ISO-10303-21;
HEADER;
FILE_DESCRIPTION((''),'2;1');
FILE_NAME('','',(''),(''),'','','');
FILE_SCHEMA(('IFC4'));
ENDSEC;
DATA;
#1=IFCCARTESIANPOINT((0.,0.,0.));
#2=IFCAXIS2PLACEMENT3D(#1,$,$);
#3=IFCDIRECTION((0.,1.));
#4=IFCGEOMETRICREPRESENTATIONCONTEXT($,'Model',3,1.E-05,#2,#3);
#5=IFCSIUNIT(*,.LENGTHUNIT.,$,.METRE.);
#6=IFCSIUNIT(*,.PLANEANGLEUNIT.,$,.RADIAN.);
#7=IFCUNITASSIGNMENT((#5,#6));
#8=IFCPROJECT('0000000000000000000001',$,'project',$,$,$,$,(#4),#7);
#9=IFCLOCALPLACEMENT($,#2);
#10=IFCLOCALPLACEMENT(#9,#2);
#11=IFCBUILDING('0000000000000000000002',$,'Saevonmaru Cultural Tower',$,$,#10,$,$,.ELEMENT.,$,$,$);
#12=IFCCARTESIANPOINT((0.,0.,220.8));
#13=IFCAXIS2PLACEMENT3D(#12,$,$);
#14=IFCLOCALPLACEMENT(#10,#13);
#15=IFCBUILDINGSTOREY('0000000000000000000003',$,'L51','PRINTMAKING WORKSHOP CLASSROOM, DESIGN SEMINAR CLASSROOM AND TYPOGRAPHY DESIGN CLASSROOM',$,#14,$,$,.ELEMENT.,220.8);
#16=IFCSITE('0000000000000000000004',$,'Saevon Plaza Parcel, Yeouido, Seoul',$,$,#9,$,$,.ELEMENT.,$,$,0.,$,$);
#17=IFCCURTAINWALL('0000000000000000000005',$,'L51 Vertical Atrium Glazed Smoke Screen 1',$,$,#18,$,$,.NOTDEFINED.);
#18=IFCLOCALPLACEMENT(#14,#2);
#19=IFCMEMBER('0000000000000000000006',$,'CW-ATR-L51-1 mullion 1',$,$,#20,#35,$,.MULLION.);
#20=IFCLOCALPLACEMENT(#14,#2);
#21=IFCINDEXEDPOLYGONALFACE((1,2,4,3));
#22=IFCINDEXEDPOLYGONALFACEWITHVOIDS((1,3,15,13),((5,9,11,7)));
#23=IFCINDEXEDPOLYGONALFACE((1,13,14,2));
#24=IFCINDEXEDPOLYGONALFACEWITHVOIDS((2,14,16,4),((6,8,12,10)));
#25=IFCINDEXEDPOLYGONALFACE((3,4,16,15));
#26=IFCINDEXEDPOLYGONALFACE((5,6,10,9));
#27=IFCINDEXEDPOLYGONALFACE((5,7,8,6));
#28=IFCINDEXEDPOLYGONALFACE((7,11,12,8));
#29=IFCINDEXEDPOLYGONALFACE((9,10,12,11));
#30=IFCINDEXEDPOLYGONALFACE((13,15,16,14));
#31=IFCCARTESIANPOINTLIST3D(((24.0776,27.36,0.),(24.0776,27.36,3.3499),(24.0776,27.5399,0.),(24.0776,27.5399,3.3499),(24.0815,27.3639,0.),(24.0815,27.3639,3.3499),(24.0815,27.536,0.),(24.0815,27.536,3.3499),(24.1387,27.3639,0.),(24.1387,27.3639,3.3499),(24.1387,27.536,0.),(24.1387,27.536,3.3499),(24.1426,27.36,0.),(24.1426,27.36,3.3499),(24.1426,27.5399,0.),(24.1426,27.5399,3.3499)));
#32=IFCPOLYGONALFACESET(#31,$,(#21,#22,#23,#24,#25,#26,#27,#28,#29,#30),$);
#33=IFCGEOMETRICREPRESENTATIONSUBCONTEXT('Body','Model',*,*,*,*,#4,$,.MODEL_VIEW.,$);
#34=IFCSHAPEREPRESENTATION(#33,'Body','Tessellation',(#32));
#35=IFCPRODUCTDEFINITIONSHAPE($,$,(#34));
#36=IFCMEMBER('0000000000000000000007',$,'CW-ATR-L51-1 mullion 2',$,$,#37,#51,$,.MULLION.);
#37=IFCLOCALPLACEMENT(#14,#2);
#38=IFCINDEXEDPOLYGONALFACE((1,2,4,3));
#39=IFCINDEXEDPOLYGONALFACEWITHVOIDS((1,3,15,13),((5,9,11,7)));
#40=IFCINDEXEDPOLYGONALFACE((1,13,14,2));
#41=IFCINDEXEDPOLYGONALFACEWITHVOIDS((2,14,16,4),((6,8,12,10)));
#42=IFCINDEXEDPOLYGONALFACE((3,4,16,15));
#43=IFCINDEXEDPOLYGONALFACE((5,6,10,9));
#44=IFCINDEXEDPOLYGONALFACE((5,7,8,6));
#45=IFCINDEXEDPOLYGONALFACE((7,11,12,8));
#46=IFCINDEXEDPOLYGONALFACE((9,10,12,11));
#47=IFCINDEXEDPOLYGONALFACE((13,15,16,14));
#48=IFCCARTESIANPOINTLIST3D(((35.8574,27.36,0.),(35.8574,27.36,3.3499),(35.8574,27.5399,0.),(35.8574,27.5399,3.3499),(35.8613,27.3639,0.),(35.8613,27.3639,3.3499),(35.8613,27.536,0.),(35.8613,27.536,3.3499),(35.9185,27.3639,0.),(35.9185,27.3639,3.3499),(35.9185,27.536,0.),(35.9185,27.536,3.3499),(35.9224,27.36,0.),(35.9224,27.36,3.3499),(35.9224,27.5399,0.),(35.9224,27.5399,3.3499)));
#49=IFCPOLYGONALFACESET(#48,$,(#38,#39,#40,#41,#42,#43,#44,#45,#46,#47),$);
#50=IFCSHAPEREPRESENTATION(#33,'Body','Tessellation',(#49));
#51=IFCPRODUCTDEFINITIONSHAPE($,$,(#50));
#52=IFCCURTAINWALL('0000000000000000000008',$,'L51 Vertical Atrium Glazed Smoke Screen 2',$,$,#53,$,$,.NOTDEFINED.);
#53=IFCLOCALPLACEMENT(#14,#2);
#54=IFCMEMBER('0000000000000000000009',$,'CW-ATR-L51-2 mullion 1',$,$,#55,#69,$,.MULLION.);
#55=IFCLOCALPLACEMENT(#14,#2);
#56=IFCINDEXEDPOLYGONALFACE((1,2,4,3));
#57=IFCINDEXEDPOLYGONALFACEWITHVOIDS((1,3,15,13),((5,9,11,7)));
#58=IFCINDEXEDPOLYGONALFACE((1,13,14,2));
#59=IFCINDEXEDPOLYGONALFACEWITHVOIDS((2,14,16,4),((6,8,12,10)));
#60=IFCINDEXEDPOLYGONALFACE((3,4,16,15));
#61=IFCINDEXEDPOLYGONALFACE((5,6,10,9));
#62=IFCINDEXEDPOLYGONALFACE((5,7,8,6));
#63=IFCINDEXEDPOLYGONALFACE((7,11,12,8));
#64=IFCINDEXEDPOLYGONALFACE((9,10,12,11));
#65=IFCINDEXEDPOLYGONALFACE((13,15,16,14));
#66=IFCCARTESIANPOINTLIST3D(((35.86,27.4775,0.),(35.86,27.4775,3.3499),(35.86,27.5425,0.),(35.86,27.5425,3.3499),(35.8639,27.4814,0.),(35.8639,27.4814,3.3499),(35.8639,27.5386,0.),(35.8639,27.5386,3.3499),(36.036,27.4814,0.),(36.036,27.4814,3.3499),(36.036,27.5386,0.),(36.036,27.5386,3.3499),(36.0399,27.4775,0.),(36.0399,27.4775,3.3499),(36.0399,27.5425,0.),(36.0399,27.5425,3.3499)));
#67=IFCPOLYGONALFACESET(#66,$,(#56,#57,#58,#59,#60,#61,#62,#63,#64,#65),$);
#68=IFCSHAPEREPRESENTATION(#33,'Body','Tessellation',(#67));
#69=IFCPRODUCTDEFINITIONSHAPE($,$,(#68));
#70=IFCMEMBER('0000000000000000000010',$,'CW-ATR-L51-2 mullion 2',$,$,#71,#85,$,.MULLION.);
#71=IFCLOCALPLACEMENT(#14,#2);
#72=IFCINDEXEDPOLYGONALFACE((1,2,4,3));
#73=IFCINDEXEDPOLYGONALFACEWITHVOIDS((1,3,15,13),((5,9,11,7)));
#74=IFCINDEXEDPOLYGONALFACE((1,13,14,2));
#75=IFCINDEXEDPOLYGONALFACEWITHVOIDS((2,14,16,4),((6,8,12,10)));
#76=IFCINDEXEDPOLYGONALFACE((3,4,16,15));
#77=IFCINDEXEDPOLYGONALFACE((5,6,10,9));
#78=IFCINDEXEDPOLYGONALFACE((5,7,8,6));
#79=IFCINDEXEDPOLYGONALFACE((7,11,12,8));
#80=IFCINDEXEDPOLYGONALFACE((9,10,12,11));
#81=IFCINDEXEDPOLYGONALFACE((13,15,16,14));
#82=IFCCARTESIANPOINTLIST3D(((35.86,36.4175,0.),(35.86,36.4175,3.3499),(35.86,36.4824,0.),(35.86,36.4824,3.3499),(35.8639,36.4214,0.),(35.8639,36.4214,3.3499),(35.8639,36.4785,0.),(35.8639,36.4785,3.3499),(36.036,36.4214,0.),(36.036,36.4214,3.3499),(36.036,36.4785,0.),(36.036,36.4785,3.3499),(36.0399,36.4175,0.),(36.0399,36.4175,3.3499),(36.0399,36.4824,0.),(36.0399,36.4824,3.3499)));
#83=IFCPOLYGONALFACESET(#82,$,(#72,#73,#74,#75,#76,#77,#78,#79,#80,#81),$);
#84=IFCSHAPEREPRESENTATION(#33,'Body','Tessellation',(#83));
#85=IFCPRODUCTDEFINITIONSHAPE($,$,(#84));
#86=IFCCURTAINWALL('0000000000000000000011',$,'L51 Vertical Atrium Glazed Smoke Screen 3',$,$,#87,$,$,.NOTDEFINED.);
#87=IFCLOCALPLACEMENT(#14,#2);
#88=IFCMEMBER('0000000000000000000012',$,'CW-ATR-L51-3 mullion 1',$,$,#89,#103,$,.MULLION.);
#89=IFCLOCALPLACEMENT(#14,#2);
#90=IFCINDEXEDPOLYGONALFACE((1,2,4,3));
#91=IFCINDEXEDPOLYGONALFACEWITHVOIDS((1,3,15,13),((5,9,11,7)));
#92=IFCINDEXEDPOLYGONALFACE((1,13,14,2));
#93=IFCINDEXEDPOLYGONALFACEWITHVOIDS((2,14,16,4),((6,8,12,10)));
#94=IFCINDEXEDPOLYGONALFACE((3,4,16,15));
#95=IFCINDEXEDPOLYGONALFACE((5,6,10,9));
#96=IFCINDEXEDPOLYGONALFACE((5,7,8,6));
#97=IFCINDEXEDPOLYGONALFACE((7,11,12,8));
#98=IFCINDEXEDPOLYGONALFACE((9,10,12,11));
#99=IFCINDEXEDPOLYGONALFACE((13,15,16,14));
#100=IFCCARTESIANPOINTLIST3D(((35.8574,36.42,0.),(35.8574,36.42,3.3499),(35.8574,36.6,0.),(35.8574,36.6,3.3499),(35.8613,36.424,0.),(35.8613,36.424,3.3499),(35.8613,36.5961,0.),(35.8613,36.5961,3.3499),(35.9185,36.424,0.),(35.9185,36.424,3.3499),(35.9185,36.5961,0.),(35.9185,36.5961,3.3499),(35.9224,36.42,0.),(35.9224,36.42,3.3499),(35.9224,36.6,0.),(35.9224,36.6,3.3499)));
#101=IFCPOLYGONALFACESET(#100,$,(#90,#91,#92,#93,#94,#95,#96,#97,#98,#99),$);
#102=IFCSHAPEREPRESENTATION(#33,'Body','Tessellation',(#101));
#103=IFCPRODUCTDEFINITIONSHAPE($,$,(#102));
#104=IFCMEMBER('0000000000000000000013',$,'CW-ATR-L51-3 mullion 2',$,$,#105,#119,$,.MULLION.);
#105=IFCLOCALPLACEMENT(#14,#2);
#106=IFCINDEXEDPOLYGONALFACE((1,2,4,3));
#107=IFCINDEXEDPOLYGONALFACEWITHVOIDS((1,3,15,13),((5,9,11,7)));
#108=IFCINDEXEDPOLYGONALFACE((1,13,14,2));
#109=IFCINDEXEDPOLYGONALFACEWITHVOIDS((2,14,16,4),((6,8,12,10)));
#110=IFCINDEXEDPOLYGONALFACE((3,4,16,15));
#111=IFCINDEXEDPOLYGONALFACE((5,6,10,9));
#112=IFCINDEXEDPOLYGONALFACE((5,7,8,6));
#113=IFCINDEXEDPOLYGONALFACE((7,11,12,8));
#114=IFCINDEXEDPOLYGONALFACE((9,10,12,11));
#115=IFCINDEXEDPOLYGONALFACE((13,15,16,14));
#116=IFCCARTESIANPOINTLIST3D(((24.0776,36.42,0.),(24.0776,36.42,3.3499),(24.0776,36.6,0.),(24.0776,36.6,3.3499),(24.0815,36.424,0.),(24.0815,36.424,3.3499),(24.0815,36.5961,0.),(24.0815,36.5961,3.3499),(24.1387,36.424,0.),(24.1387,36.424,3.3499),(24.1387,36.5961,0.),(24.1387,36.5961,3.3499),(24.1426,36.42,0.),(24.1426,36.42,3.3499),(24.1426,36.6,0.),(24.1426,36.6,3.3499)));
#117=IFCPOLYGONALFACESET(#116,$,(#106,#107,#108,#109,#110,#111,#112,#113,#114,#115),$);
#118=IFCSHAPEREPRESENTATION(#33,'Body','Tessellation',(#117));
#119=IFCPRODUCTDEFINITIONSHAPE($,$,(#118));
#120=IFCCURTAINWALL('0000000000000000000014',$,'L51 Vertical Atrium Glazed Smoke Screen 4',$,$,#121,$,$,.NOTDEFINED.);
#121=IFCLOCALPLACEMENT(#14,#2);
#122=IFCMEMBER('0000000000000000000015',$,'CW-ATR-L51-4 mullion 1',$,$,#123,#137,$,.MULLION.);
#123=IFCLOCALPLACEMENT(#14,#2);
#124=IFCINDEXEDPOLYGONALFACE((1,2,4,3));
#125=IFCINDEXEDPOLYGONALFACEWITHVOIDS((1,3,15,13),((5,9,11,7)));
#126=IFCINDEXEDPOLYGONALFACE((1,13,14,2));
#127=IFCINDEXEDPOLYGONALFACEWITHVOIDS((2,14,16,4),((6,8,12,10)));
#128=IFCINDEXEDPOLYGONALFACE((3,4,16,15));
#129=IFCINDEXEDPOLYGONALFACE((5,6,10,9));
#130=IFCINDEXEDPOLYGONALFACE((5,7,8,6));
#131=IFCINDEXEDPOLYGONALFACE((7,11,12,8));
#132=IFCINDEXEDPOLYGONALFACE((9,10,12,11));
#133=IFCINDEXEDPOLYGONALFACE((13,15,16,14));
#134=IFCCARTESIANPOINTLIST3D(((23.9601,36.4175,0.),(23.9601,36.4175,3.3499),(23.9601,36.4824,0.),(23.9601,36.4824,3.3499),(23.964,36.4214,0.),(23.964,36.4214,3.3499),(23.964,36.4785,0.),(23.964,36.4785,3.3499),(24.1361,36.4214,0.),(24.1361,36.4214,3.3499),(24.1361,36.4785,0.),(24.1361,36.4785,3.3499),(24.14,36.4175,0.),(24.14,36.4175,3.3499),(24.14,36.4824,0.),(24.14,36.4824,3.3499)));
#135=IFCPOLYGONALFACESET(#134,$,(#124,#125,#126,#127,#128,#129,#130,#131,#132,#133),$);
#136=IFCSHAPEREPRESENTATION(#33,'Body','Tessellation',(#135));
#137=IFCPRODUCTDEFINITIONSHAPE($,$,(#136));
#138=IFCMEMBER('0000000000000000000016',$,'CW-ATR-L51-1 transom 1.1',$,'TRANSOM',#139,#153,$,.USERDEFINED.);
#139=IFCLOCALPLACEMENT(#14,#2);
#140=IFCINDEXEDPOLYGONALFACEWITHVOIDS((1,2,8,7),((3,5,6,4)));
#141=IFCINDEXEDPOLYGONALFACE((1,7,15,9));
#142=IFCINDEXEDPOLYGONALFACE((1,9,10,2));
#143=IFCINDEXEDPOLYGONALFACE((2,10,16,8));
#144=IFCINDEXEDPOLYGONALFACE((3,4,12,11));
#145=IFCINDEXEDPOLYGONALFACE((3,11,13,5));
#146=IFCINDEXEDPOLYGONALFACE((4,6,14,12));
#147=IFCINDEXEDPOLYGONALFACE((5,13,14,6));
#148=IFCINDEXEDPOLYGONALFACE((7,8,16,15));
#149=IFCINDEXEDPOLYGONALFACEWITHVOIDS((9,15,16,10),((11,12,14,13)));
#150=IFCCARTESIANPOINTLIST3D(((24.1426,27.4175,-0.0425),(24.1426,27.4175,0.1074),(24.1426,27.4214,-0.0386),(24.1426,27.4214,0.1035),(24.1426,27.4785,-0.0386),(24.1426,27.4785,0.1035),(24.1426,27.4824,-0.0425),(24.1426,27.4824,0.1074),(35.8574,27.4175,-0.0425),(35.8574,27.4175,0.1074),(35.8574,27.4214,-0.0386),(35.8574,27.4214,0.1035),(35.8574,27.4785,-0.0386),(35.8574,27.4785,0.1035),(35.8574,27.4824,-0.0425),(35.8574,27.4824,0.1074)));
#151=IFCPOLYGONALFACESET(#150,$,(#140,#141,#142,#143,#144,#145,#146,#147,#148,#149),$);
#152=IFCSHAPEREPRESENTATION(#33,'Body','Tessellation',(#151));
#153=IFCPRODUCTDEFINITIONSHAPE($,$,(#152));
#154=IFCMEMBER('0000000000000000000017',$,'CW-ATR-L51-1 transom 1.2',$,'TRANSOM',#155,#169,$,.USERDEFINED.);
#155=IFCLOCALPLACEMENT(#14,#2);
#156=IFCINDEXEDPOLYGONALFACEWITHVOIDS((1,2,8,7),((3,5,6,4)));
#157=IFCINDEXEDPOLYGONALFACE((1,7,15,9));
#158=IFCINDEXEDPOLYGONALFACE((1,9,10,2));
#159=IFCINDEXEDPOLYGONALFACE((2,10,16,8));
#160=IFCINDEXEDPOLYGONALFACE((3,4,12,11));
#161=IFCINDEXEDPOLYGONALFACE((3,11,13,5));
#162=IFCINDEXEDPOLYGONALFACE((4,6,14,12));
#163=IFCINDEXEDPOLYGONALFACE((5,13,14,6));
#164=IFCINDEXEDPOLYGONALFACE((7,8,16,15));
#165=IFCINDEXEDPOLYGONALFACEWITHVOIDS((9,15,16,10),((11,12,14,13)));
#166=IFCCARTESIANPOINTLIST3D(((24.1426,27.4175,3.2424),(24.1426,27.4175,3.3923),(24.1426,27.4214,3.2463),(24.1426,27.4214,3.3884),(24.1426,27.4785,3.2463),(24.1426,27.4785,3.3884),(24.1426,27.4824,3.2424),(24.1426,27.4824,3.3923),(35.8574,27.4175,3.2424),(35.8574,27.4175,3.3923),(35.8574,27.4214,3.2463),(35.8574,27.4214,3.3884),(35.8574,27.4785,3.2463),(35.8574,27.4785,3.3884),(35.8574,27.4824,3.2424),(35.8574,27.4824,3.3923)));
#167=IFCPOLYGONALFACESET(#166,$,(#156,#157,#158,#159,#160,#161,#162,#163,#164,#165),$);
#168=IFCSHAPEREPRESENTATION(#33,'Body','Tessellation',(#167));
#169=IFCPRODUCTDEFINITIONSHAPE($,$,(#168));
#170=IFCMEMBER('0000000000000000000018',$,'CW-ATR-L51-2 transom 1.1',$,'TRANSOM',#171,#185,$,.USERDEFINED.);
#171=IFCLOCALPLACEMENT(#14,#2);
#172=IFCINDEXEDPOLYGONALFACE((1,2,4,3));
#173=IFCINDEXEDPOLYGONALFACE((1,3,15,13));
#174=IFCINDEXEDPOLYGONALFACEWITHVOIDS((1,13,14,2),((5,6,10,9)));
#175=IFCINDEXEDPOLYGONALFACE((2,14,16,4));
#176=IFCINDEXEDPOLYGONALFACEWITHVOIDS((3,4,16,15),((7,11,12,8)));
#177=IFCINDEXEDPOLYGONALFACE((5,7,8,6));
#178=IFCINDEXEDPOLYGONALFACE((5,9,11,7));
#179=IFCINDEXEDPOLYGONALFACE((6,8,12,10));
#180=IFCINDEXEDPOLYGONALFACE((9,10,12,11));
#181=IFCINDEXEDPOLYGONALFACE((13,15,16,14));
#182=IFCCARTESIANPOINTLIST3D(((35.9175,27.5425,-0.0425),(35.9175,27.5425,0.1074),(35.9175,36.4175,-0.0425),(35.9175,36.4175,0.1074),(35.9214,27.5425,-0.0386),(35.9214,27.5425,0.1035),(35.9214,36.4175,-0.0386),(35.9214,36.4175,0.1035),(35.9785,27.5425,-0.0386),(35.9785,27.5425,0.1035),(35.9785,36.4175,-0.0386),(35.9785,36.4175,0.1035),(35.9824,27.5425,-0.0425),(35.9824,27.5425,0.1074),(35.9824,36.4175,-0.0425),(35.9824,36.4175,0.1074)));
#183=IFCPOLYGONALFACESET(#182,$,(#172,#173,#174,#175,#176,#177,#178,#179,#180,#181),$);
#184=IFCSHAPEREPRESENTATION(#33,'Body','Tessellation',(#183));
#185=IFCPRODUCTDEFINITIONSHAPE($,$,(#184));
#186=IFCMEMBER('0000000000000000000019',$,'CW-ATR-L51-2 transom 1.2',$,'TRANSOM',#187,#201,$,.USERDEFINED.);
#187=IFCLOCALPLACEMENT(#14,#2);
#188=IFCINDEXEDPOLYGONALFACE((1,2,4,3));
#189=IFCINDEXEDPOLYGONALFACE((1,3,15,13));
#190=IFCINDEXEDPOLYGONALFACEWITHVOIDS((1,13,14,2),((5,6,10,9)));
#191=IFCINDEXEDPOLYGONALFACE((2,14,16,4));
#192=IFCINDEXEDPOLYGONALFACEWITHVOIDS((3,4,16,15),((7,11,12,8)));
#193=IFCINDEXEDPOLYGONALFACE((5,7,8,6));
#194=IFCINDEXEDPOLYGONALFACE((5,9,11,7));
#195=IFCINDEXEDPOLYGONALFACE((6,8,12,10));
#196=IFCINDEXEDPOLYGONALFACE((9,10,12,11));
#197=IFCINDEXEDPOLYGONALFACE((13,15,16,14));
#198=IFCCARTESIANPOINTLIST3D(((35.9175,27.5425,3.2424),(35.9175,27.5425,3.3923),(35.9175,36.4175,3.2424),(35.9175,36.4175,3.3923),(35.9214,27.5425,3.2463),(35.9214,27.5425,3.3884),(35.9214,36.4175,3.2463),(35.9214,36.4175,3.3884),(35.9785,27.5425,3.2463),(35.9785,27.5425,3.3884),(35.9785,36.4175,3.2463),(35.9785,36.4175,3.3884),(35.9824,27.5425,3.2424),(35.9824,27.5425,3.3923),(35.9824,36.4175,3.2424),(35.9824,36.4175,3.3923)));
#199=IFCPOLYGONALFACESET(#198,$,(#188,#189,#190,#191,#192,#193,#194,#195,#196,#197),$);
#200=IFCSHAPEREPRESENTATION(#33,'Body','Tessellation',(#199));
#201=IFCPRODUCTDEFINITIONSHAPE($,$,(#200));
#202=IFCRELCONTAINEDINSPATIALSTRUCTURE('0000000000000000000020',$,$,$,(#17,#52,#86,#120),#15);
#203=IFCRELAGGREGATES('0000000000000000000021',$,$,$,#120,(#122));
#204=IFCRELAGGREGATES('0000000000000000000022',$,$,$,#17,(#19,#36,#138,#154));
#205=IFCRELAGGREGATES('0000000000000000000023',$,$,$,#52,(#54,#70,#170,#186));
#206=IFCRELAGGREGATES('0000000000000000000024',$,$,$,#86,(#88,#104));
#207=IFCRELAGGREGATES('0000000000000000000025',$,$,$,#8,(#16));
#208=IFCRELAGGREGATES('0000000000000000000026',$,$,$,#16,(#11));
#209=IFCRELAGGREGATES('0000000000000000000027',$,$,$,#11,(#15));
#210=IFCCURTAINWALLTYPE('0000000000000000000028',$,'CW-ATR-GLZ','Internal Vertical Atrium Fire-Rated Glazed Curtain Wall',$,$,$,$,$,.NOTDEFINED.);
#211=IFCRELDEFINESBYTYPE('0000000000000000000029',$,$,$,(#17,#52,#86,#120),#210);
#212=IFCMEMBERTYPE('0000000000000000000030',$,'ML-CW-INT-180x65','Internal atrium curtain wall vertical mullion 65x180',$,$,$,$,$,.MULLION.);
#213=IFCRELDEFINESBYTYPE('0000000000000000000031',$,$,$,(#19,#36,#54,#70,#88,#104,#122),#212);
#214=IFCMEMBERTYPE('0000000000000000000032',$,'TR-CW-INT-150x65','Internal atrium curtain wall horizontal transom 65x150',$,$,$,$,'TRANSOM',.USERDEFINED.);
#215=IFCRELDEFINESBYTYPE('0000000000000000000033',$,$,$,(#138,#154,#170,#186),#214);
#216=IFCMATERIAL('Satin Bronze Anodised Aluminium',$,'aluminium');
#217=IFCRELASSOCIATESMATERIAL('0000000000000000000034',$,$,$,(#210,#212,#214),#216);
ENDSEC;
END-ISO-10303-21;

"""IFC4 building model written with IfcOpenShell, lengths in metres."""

from ifc_helpers import new_model, si_unit, direction, frame, origin, origin_2d, place, context, subcontext, project, spatial, hollow_rectangle, extrude, material, material_profile, profile_set, type_object, element, aggregate, save


model = new_model("IFC4")

# Units and contexts
model_context = context("Model", 3, precision=1e-05, world=origin(), true_north=direction((0.0, 1.0)))
body_context = subcontext(model_context, "Body", "Model", "MODEL_VIEW")
ifc_project = project(units=[si_unit("LENGTHUNIT", "METRE"), si_unit("PLANEANGLEUNIT", "RADIAN")], contexts=[model_context])

# Site, building, storey
site_placement = place(None, origin())
site = spatial("IfcSite", under=ifc_project, at=site_placement, Name="Saevon Plaza Parcel, Yeouido, Seoul", CompositionType="ELEMENT", RefElevation=0.0)
building_placement = place(site_placement, origin())
building = spatial("IfcBuilding", under=site, at=building_placement, Name="Saevonmaru Cultural Tower", CompositionType="ELEMENT")
storey_placement = place(building_placement, frame((0.0, 0.0, 220.8)))
storey = spatial("IfcBuildingStorey", under=building, at=storey_placement, Name="L51", Description="PRINTMAKING WORKSHOP CLASSROOM, DESIGN SEMINAR CLASSROOM AND TYPOGRAPHY DESIGN CLASSROOM", CompositionType="ELEMENT", Elevation=220.8)

# Curtain walls, members
ifc_material_1 = material(Name="Satin Bronze Anodised Aluminium", Category="aluminium")
curtain_wall_type = type_object("IfcCurtainWallType", Name="CW-ATR-GLZ", Description="Internal Vertical Atrium Fire-Rated Glazed Curtain Wall", PredefinedType="NOTDEFINED", material=ifc_material_1)
curtain_wall_1_placement = place(storey_placement, origin())
curtain_wall_1 = element("IfcCurtainWall", 1, at=curtain_wall_1_placement, inside=storey, type_object=curtain_wall_type, Name="L51 Vertical Atrium Glazed Smoke Screen 1", PredefinedType="NOTDEFINED")
ifc_material_profile_1 = material_profile(ifc_material_1, hollow_rectangle(XDim=0.0649, YDim=0.1799, WallThickness=0.0039, at=origin_2d()), Name="ALU-MULL-180x65x4")
ifc_profile_set_1 = profile_set([ifc_material_profile_1], Name="Satin Bronze Anodised Aluminium")
member_type_1 = type_object("IfcMemberType", Name="ML-CW-INT-180x65", Description="Internal atrium curtain wall vertical mullion 65x180", PredefinedType="MULLION", material=ifc_profile_set_1)
member_1_placement = place(storey_placement, frame((24.1101, 27.45, 0.0), z_axis=(0.0, 0.0, 1.0), x_axis=(1.0, 0.0, 0.0)))
member_1 = element("IfcMember", 2, at=member_1_placement, type_object=member_type_1, Name="CW-ATR-L51-1 mullion 1", PredefinedType="MULLION", context=body_context, shape_type="SweptSolid", body=[
    extrude(hollow_rectangle(XDim=0.0649, YDim=0.1799, WallThickness=0.0039, at=origin_2d()), origin(), (0.0, 0.0, 1.0), 3.3499),
])
member_2_placement = place(storey_placement, frame((35.8899, 27.45, 0.0), z_axis=(0.0, 0.0, 1.0), x_axis=(1.0, 0.0, 0.0)))
member_2 = element("IfcMember", 3, at=member_2_placement, type_object=member_type_1, Name="CW-ATR-L51-1 mullion 2", PredefinedType="MULLION", context=body_context, shape_type="SweptSolid", body=[
    extrude(hollow_rectangle(XDim=0.0649, YDim=0.1799, WallThickness=0.0039, at=origin_2d()), origin(), (0.0, 0.0, 1.0), 3.3499),
])
curtain_wall_2_placement = place(storey_placement, origin())
curtain_wall_2 = element("IfcCurtainWall", 4, at=curtain_wall_2_placement, inside=storey, type_object=curtain_wall_type, Name="L51 Vertical Atrium Glazed Smoke Screen 2", PredefinedType="NOTDEFINED")
member_3_placement = place(storey_placement, frame((35.95, 27.51, 0.0), z_axis=(0.0, 0.0, 1.0), x_axis=(0.0, 1.0, 0.0)))
member_3 = element("IfcMember", 5, at=member_3_placement, type_object=member_type_1, Name="CW-ATR-L51-2 mullion 1", PredefinedType="MULLION", context=body_context, shape_type="SweptSolid", body=[
    extrude(hollow_rectangle(XDim=0.0649, YDim=0.1799, WallThickness=0.0039, at=origin_2d()), origin(), (0.0, 0.0, 1.0), 3.3499),
])
member_4_placement = place(storey_placement, frame((35.95, 36.45, 0.0), z_axis=(0.0, 0.0, 1.0), x_axis=(0.0, 1.0, 0.0)))
member_4 = element("IfcMember", 6, at=member_4_placement, type_object=member_type_1, Name="CW-ATR-L51-2 mullion 2", PredefinedType="MULLION", context=body_context, shape_type="SweptSolid", body=[
    extrude(hollow_rectangle(XDim=0.0649, YDim=0.1799, WallThickness=0.0039, at=origin_2d()), origin(), (0.0, 0.0, 1.0), 3.3499),
])
curtain_wall_3_placement = place(storey_placement, origin())
curtain_wall_3 = element("IfcCurtainWall", 7, at=curtain_wall_3_placement, inside=storey, type_object=curtain_wall_type, Name="L51 Vertical Atrium Glazed Smoke Screen 3", PredefinedType="NOTDEFINED")
member_5_placement = place(storey_placement, frame((35.8899, 36.51, 0.0), z_axis=(0.0, 0.0, 1.0), x_axis=(-1.0, 0.0, 0.0)))
member_5 = element("IfcMember", 8, at=member_5_placement, type_object=member_type_1, Name="CW-ATR-L51-3 mullion 1", PredefinedType="MULLION", context=body_context, shape_type="SweptSolid", body=[
    extrude(hollow_rectangle(XDim=0.0649, YDim=0.1799, WallThickness=0.0039, at=origin_2d()), origin(), (0.0, 0.0, 1.0), 3.3499),
])
member_6_placement = place(storey_placement, frame((24.1101, 36.51, 0.0), z_axis=(0.0, 0.0, 1.0), x_axis=(-1.0, 0.0, 0.0)))
member_6 = element("IfcMember", 9, at=member_6_placement, type_object=member_type_1, Name="CW-ATR-L51-3 mullion 2", PredefinedType="MULLION", context=body_context, shape_type="SweptSolid", body=[
    extrude(hollow_rectangle(XDim=0.0649, YDim=0.1799, WallThickness=0.0039, at=origin_2d()), origin(), (0.0, 0.0, 1.0), 3.3499),
])

# Curtain wall, member
curtain_wall_4_placement = place(storey_placement, origin())
curtain_wall_4 = element("IfcCurtainWall", 10, at=curtain_wall_4_placement, inside=storey, type_object=curtain_wall_type, Name="L51 Vertical Atrium Glazed Smoke Screen 4", PredefinedType="NOTDEFINED")
member_7_placement = place(storey_placement, frame((24.05, 36.45, 0.0), z_axis=(0.0, 0.0, 1.0), x_axis=(0.0, -1.0, 0.0)))
member_7 = element("IfcMember", 11, at=member_7_placement, type_object=member_type_1, Name="CW-ATR-L51-4 mullion 1", PredefinedType="MULLION", context=body_context, shape_type="SweptSolid", body=[
    extrude(hollow_rectangle(XDim=0.0649, YDim=0.1799, WallThickness=0.0039, at=origin_2d()), origin(), (0.0, 0.0, 1.0), 3.3499),
])

# Members
ifc_material_profile_2 = material_profile(ifc_material_1, hollow_rectangle(XDim=0.0649, YDim=0.1499, WallThickness=0.0039, at=origin_2d()), Name="ALU-TRAN-150x65x4")
ifc_profile_set_2 = profile_set([ifc_material_profile_2], Name="Satin Bronze Anodised Aluminium")
member_type_2 = type_object("IfcMemberType", Name="TR-CW-INT-150x65", Description="Internal atrium curtain wall horizontal transom 65x150", ElementType="TRANSOM", PredefinedType="USERDEFINED", material=ifc_profile_set_2)
member_8_placement = place(storey_placement, frame((24.1426, 27.45, 0.0325), z_axis=(1.0, 0.0, 0.0), x_axis=(0.0, 1.0, 0.0)))
member_8 = element("IfcMember", 12, at=member_8_placement, type_object=member_type_2, Name="CW-ATR-L51-1 transom 1.1", ObjectType="TRANSOM", PredefinedType="USERDEFINED", context=body_context, shape_type="SweptSolid", body=[
    extrude(hollow_rectangle(XDim=0.0649, YDim=0.1499, WallThickness=0.0039, at=origin_2d()), origin(), (0.0, 0.0, 1.0), 11.7148),
])
member_9_placement = place(storey_placement, frame((24.1426, 27.45, 3.3174), z_axis=(1.0, 0.0, 0.0), x_axis=(0.0, 1.0, 0.0)))
member_9 = element("IfcMember", 13, at=member_9_placement, type_object=member_type_2, Name="CW-ATR-L51-1 transom 1.2", ObjectType="TRANSOM", PredefinedType="USERDEFINED", context=body_context, shape_type="SweptSolid", body=[
    extrude(hollow_rectangle(XDim=0.0649, YDim=0.1499, WallThickness=0.0039, at=origin_2d()), origin(), (0.0, 0.0, 1.0), 11.7148),
])
member_10_placement = place(storey_placement, frame((35.95, 27.5425, 0.0325), z_axis=(0.0, 1.0, 0.0), x_axis=(-1.0, 0.0, 0.0)))
member_10 = element("IfcMember", 14, at=member_10_placement, type_object=member_type_2, Name="CW-ATR-L51-2 transom 1.1", ObjectType="TRANSOM", PredefinedType="USERDEFINED", context=body_context, shape_type="SweptSolid", body=[
    extrude(hollow_rectangle(XDim=0.0649, YDim=0.1499, WallThickness=0.0039, at=origin_2d()), origin(), (0.0, 0.0, 1.0), 8.875),
])
member_11_placement = place(storey_placement, frame((35.95, 27.5425, 3.3174), z_axis=(0.0, 1.0, 0.0), x_axis=(-1.0, 0.0, 0.0)))
member_11 = element("IfcMember", 15, at=member_11_placement, type_object=member_type_2, Name="CW-ATR-L51-2 transom 1.2", ObjectType="TRANSOM", PredefinedType="USERDEFINED", context=body_context, shape_type="SweptSolid", body=[
    extrude(hollow_rectangle(XDim=0.0649, YDim=0.1499, WallThickness=0.0039, at=origin_2d()), origin(), (0.0, 0.0, 1.0), 8.875),
])
aggregate(curtain_wall_4, [member_7])

aggregate(curtain_wall_1, [member_1, member_2, member_8, member_9])
aggregate(curtain_wall_2, [member_3, member_4, member_10, member_11])
aggregate(curtain_wall_3, [member_5, member_6])

save(model, "model.ifc")
